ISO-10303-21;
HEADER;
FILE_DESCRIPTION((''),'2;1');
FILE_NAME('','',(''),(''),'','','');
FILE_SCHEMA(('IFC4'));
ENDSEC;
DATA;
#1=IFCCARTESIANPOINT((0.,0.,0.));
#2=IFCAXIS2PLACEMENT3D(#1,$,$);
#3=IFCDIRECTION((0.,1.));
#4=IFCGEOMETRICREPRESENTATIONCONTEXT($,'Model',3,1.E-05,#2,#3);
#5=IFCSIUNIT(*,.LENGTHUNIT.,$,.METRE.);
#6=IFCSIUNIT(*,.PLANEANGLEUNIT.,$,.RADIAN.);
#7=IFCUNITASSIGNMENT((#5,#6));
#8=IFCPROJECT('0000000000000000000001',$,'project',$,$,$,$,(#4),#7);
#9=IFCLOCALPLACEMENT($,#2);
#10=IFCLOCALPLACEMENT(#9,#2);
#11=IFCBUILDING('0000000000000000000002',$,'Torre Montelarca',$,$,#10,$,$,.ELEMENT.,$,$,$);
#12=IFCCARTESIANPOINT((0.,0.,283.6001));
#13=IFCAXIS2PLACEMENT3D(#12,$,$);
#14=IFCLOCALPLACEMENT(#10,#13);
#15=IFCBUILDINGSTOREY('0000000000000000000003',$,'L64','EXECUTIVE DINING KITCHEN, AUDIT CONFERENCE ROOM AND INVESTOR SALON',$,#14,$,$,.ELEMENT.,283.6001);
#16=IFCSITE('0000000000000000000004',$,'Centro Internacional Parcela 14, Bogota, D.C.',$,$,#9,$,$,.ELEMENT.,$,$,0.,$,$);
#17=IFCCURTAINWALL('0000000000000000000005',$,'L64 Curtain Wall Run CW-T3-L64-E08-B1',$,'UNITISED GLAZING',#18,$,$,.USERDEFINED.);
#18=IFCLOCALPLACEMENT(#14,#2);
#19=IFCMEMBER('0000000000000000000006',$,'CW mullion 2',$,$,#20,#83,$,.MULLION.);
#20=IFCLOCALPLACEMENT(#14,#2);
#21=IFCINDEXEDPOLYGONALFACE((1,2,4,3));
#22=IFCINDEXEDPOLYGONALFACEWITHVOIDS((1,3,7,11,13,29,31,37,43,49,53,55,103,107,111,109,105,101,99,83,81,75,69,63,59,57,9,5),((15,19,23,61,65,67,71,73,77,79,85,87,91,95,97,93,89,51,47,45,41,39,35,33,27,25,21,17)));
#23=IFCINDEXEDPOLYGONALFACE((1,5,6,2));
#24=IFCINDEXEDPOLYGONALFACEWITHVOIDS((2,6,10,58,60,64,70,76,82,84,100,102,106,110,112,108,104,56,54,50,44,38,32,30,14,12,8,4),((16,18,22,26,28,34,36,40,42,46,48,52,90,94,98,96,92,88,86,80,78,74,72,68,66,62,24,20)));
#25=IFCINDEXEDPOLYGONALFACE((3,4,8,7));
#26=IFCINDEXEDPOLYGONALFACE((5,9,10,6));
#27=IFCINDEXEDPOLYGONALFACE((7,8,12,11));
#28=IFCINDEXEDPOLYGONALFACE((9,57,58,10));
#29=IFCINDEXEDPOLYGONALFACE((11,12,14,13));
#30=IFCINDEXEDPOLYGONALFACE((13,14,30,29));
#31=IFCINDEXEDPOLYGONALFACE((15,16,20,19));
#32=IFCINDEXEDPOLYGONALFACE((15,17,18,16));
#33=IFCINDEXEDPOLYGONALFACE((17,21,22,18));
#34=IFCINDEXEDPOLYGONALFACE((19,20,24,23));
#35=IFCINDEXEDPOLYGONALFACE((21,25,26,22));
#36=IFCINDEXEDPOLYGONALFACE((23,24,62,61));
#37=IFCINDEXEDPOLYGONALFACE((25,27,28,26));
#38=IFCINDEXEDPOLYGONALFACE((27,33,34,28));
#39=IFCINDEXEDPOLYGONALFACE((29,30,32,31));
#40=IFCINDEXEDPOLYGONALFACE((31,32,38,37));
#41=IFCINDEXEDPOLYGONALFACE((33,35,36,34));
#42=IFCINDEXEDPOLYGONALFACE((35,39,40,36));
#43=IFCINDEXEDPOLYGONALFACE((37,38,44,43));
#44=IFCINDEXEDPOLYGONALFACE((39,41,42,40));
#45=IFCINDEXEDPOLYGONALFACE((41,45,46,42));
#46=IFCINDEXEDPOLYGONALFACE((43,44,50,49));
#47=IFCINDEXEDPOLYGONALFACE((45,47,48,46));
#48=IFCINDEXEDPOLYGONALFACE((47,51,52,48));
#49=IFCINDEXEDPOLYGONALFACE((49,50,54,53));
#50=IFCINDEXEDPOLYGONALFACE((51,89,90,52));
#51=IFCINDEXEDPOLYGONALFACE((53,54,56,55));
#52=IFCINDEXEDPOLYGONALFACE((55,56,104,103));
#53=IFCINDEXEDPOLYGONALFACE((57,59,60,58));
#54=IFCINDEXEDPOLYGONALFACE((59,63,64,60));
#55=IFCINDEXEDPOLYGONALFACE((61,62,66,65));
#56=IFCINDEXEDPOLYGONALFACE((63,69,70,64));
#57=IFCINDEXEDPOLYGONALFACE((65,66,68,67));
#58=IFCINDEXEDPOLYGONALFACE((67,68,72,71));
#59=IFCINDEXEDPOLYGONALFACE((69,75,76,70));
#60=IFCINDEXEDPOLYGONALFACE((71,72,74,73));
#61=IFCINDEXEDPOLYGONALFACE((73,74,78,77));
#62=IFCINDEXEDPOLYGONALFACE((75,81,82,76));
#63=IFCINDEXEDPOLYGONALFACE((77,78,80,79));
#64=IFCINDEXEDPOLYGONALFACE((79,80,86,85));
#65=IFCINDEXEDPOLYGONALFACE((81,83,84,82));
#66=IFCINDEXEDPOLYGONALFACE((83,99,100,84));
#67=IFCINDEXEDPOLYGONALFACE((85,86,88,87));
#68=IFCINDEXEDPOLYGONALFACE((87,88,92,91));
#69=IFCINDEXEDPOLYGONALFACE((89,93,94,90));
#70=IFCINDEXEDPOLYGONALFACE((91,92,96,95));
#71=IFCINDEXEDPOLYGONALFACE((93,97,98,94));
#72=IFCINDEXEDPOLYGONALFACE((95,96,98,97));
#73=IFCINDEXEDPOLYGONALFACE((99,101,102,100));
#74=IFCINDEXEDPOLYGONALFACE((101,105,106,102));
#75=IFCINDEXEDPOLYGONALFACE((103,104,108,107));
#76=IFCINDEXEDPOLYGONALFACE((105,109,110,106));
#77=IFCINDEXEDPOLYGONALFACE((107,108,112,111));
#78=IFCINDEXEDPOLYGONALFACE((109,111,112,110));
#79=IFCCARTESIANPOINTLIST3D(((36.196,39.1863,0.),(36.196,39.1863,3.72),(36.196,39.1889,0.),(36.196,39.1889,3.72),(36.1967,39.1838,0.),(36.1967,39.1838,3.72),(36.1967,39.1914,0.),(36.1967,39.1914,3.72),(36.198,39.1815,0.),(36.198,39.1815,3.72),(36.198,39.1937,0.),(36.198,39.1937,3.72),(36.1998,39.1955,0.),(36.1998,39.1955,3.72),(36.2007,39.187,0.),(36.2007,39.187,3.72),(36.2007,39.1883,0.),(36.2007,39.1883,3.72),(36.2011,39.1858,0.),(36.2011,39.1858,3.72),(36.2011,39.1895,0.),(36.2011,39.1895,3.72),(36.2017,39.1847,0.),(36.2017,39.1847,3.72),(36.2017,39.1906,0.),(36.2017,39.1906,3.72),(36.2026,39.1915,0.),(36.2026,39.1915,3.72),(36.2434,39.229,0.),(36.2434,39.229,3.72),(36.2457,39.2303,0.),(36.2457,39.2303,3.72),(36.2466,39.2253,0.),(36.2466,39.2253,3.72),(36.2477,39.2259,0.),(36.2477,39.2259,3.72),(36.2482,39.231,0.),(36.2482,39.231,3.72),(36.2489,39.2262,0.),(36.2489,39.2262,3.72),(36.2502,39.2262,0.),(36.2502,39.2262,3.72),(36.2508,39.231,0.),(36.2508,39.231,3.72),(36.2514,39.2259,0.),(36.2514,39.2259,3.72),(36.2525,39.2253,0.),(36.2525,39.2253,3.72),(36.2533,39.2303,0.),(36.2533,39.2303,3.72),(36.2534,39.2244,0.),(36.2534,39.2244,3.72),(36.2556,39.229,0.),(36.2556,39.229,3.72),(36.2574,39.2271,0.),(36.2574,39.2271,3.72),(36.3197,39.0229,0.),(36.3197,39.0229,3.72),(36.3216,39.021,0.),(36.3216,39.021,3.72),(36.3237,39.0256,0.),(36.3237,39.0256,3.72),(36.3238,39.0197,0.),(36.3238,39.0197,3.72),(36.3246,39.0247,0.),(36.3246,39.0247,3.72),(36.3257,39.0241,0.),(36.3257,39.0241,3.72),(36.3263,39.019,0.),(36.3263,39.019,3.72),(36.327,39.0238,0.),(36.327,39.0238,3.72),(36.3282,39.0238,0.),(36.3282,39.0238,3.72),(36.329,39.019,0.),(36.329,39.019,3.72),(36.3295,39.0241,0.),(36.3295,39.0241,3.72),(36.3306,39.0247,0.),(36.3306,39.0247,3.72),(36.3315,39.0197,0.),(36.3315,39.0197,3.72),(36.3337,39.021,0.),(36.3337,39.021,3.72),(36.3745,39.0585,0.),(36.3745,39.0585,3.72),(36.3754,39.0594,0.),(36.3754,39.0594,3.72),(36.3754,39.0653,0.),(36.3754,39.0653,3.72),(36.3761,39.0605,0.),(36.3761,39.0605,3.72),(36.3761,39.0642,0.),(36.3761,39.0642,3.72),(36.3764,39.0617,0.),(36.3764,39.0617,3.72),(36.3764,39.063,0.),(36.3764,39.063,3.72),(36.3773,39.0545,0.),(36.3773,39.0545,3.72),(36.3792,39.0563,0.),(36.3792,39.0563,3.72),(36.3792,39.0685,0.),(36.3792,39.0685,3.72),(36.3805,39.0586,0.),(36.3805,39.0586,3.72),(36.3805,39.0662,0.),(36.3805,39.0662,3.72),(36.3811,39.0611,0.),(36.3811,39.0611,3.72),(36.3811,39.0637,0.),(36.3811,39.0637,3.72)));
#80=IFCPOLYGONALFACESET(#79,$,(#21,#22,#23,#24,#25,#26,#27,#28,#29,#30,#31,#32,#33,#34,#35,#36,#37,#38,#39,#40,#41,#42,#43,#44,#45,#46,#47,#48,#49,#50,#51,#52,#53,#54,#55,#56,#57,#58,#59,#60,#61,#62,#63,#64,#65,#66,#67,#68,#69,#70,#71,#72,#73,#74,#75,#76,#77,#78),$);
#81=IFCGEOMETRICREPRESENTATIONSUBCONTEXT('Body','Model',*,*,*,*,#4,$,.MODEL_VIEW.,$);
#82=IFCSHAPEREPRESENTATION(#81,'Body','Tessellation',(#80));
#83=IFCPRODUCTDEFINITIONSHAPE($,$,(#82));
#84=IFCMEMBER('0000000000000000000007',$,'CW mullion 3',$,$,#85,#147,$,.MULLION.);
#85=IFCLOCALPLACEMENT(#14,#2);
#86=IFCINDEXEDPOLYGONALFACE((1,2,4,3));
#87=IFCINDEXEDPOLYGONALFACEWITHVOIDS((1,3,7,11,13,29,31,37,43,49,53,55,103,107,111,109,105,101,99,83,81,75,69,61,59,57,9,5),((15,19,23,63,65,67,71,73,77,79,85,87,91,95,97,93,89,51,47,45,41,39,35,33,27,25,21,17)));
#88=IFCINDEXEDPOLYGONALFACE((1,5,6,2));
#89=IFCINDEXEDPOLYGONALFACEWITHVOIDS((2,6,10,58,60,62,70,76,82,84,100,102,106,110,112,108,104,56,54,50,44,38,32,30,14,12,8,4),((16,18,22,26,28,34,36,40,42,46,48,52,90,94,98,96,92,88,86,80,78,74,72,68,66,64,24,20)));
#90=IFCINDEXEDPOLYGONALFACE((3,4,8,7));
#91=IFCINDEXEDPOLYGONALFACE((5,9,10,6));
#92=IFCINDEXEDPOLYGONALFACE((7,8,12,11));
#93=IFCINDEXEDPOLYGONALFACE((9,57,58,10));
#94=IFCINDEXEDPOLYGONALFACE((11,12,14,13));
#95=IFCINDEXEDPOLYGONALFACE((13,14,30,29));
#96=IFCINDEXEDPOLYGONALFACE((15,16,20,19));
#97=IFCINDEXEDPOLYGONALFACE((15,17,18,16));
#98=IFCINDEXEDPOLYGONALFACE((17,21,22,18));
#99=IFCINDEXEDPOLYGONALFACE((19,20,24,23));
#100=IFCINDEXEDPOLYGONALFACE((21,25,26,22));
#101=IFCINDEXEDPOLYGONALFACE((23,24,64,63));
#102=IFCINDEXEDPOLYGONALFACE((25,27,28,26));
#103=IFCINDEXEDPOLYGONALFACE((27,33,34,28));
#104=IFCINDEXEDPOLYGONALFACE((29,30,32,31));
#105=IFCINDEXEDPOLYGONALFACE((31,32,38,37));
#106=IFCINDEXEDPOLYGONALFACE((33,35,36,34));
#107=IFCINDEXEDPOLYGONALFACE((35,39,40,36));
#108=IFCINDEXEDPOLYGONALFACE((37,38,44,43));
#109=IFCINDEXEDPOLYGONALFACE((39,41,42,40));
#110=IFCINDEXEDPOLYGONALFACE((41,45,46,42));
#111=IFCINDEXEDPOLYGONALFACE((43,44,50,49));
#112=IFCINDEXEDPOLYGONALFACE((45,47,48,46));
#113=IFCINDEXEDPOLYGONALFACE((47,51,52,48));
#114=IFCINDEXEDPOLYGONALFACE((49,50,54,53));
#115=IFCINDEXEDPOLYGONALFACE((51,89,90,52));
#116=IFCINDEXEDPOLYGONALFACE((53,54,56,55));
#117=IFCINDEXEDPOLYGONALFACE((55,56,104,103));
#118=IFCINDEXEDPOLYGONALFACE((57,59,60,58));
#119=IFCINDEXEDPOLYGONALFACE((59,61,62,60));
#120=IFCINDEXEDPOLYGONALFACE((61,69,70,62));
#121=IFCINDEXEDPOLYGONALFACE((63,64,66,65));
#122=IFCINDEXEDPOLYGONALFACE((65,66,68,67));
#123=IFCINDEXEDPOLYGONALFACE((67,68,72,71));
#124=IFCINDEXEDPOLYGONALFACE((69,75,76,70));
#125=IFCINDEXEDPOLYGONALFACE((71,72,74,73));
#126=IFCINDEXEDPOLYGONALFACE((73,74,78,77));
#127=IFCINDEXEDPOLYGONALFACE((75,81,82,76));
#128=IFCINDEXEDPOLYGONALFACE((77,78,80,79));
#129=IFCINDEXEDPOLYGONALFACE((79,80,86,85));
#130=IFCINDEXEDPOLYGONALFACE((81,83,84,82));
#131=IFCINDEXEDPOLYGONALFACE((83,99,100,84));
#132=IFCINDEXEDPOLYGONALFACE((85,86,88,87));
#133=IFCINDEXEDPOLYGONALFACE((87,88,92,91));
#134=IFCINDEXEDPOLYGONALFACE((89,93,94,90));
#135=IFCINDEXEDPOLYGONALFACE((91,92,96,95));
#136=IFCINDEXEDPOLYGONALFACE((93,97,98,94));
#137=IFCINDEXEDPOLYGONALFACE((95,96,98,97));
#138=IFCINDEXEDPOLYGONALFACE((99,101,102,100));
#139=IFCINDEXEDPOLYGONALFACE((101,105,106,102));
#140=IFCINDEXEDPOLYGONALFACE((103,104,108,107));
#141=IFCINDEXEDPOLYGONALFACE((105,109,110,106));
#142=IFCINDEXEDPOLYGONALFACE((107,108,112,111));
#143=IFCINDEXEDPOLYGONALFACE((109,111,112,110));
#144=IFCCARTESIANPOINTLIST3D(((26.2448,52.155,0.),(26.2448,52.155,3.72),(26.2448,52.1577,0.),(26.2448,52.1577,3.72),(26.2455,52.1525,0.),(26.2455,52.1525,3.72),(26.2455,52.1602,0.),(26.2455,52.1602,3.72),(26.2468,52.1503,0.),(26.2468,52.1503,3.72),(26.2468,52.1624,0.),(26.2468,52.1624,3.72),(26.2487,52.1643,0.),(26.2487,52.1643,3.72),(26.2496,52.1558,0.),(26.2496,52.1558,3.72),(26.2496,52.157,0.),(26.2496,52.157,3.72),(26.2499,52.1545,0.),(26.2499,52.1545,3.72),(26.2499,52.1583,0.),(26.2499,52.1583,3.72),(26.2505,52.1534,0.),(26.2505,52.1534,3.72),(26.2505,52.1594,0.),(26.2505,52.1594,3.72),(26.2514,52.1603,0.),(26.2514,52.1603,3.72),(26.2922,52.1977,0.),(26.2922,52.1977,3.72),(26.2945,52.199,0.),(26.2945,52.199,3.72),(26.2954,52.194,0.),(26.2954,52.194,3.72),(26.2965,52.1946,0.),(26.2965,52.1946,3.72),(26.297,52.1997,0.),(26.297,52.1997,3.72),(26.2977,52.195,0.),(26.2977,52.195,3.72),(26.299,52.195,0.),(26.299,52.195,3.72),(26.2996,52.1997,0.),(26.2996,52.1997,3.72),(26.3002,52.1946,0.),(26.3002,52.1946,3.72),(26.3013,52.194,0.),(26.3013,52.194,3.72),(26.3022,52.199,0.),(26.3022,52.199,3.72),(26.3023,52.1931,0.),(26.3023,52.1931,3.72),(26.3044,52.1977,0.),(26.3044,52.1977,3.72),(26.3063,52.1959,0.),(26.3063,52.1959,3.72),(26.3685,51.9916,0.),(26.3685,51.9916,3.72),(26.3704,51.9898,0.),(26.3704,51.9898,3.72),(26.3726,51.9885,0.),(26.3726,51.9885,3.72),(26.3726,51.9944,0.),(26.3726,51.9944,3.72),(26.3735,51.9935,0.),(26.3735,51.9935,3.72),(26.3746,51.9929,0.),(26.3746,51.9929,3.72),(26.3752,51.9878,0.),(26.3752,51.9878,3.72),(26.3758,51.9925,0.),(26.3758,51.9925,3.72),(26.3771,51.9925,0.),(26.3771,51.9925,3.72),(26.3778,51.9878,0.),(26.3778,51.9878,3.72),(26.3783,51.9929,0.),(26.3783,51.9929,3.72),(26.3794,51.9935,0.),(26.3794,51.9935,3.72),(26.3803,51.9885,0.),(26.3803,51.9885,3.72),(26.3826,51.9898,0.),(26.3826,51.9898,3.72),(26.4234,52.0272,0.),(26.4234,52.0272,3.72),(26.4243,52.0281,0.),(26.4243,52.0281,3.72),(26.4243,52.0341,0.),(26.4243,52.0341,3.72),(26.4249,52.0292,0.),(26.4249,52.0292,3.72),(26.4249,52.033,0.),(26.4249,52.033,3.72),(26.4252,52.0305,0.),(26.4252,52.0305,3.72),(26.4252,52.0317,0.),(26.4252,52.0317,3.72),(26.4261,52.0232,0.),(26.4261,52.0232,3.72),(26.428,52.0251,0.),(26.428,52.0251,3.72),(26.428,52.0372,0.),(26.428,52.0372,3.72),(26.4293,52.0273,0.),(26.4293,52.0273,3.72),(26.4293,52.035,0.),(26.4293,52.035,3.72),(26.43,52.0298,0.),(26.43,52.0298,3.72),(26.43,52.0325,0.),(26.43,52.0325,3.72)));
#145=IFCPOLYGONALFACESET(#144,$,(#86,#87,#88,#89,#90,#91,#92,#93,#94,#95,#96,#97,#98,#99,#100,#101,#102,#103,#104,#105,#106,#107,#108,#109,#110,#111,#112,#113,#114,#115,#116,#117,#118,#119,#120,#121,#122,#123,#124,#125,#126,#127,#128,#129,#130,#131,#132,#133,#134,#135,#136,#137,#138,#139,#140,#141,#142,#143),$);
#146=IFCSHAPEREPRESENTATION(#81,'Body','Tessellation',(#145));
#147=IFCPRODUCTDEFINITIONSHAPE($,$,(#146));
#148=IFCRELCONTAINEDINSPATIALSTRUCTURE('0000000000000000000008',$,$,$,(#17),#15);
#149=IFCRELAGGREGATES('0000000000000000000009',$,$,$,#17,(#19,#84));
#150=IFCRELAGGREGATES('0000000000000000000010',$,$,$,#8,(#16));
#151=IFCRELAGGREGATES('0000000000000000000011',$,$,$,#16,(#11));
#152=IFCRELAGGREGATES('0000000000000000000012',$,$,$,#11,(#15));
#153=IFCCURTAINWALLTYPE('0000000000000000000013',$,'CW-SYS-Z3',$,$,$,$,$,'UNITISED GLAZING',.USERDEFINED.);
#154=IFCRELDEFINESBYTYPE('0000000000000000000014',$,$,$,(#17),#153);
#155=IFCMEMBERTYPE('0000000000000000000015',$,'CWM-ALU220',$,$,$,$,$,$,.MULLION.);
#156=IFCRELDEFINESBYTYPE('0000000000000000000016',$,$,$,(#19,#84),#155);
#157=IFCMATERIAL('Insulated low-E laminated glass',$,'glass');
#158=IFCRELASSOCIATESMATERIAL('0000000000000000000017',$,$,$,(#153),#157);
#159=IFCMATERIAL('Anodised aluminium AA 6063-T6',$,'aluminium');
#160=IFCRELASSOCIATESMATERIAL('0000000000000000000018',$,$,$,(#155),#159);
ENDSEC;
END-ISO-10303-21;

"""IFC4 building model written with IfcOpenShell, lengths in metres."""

from ifc_helpers import new_model, si_unit, direction, frame, origin, origin_2d, place, context, subcontext, project, spatial, hollow_rectangle, extrude, source, transform, mapped, material, material_profile, profile_set, type_object, element, aggregate, save


model = new_model("IFC4")

# Units and contexts
model_context = context("Model", 3, precision=1e-05, world=origin(), true_north=direction((0.0, 1.0)))
body_context = subcontext(model_context, "Body", "Model", "MODEL_VIEW")
ifc_project = project(units=[si_unit("LENGTHUNIT", "METRE"), si_unit("PLANEANGLEUNIT", "RADIAN")], contexts=[model_context])

# Site, building, storey
site_placement = place(None, origin())
site = spatial("IfcSite", under=ifc_project, at=site_placement, Name="Centro Internacional Parcela 14, Bogota, D.C.", CompositionType="ELEMENT", RefElevation=0.0)
building_placement = place(site_placement, origin())
building = spatial("IfcBuilding", under=site, at=building_placement, Name="Torre Montelarca", CompositionType="ELEMENT")
storey_placement = place(building_placement, frame((0.0, 0.0, 283.6001)))
storey = spatial("IfcBuildingStorey", under=building, at=storey_placement, Name="L64", Description="EXECUTIVE DINING KITCHEN, AUDIT CONFERENCE ROOM AND INVESTOR SALON", CompositionType="ELEMENT", Elevation=283.6001)

# Shared definitions
ifc_material_1 = material(Name="Insulated low-E laminated glass", Category="glass")
curtain_wall_type = type_object("IfcCurtainWallType", Name="CW-SYS-Z3", ElementType="UNITISED GLAZING", PredefinedType="USERDEFINED", material=ifc_material_1)
ifc_material_2 = material(Name="Anodised aluminium AA 6063-T6", Category="aluminium")

# Curtain wall, members
curtain_wall_1_placement = place(storey_placement, origin())
curtain_wall_1 = element("IfcCurtainWall", 1, at=curtain_wall_1_placement, inside=storey, type_object=curtain_wall_type, Name="L64 Curtain Wall Run CW-T3-L64-E08-B1", ObjectType="UNITISED GLAZING", PredefinedType="USERDEFINED")
ifc_material_profile_1 = material_profile(ifc_material_2, hollow_rectangle(XDim=0.075, YDim=0.22, WallThickness=0.0049, InnerFilletRadius=0.0049, OuterFilletRadius=0.01, at=origin_2d()), Name="ALU75X220X5", Category="aluminium")
ifc_profile_set_1 = profile_set([ifc_material_profile_1], Name="Anodised aluminium AA 6063-T6")
member_type_1 = type_object("IfcMemberType", Name="CWM-ALU220", PredefinedType="MULLION", material=ifc_profile_set_1)
shared_shape_1 = source(origin(), body_context, "Body", "SweptSolid", [
    extrude(hollow_rectangle(XDim=0.075, YDim=0.22, WallThickness=0.0049, InnerFilletRadius=0.0049, OuterFilletRadius=0.01, at=origin_2d()), origin(), (0.0, 0.0, 1.0), 3.72),
])
member_1_placement = place(storey_placement, frame((36.2886, 39.125, 0.0), z_axis=(0.0, 0.0, 1.0), x_axis=(-0.793354, -0.608761, 0.0)))
member_1 = element("IfcMember", 2, at=member_1_placement, type_object=member_type_1, Name="CW mullion 2", PredefinedType="MULLION", context=body_context, shape_type="MappedRepresentation", body=[
    mapped(shared_shape_1, transform((0.0, 0.0, 0.0), scale=1.0)),
])
member_2_placement = place(storey_placement, frame((26.3374, 52.0938, 0.0), z_axis=(0.0, 0.0, 1.0), x_axis=(-0.793354, -0.608761, 0.0)))
member_2 = element("IfcMember", 3, at=member_2_placement, type_object=member_type_1, Name="CW mullion 3", PredefinedType="MULLION", context=body_context, shape_type="MappedRepresentation", body=[
    mapped(shared_shape_1, transform((0.0, 0.0, 0.0), scale=1.0)),
])

aggregate(curtain_wall_1, [member_1, member_2])

save(model, "model.ifc")
